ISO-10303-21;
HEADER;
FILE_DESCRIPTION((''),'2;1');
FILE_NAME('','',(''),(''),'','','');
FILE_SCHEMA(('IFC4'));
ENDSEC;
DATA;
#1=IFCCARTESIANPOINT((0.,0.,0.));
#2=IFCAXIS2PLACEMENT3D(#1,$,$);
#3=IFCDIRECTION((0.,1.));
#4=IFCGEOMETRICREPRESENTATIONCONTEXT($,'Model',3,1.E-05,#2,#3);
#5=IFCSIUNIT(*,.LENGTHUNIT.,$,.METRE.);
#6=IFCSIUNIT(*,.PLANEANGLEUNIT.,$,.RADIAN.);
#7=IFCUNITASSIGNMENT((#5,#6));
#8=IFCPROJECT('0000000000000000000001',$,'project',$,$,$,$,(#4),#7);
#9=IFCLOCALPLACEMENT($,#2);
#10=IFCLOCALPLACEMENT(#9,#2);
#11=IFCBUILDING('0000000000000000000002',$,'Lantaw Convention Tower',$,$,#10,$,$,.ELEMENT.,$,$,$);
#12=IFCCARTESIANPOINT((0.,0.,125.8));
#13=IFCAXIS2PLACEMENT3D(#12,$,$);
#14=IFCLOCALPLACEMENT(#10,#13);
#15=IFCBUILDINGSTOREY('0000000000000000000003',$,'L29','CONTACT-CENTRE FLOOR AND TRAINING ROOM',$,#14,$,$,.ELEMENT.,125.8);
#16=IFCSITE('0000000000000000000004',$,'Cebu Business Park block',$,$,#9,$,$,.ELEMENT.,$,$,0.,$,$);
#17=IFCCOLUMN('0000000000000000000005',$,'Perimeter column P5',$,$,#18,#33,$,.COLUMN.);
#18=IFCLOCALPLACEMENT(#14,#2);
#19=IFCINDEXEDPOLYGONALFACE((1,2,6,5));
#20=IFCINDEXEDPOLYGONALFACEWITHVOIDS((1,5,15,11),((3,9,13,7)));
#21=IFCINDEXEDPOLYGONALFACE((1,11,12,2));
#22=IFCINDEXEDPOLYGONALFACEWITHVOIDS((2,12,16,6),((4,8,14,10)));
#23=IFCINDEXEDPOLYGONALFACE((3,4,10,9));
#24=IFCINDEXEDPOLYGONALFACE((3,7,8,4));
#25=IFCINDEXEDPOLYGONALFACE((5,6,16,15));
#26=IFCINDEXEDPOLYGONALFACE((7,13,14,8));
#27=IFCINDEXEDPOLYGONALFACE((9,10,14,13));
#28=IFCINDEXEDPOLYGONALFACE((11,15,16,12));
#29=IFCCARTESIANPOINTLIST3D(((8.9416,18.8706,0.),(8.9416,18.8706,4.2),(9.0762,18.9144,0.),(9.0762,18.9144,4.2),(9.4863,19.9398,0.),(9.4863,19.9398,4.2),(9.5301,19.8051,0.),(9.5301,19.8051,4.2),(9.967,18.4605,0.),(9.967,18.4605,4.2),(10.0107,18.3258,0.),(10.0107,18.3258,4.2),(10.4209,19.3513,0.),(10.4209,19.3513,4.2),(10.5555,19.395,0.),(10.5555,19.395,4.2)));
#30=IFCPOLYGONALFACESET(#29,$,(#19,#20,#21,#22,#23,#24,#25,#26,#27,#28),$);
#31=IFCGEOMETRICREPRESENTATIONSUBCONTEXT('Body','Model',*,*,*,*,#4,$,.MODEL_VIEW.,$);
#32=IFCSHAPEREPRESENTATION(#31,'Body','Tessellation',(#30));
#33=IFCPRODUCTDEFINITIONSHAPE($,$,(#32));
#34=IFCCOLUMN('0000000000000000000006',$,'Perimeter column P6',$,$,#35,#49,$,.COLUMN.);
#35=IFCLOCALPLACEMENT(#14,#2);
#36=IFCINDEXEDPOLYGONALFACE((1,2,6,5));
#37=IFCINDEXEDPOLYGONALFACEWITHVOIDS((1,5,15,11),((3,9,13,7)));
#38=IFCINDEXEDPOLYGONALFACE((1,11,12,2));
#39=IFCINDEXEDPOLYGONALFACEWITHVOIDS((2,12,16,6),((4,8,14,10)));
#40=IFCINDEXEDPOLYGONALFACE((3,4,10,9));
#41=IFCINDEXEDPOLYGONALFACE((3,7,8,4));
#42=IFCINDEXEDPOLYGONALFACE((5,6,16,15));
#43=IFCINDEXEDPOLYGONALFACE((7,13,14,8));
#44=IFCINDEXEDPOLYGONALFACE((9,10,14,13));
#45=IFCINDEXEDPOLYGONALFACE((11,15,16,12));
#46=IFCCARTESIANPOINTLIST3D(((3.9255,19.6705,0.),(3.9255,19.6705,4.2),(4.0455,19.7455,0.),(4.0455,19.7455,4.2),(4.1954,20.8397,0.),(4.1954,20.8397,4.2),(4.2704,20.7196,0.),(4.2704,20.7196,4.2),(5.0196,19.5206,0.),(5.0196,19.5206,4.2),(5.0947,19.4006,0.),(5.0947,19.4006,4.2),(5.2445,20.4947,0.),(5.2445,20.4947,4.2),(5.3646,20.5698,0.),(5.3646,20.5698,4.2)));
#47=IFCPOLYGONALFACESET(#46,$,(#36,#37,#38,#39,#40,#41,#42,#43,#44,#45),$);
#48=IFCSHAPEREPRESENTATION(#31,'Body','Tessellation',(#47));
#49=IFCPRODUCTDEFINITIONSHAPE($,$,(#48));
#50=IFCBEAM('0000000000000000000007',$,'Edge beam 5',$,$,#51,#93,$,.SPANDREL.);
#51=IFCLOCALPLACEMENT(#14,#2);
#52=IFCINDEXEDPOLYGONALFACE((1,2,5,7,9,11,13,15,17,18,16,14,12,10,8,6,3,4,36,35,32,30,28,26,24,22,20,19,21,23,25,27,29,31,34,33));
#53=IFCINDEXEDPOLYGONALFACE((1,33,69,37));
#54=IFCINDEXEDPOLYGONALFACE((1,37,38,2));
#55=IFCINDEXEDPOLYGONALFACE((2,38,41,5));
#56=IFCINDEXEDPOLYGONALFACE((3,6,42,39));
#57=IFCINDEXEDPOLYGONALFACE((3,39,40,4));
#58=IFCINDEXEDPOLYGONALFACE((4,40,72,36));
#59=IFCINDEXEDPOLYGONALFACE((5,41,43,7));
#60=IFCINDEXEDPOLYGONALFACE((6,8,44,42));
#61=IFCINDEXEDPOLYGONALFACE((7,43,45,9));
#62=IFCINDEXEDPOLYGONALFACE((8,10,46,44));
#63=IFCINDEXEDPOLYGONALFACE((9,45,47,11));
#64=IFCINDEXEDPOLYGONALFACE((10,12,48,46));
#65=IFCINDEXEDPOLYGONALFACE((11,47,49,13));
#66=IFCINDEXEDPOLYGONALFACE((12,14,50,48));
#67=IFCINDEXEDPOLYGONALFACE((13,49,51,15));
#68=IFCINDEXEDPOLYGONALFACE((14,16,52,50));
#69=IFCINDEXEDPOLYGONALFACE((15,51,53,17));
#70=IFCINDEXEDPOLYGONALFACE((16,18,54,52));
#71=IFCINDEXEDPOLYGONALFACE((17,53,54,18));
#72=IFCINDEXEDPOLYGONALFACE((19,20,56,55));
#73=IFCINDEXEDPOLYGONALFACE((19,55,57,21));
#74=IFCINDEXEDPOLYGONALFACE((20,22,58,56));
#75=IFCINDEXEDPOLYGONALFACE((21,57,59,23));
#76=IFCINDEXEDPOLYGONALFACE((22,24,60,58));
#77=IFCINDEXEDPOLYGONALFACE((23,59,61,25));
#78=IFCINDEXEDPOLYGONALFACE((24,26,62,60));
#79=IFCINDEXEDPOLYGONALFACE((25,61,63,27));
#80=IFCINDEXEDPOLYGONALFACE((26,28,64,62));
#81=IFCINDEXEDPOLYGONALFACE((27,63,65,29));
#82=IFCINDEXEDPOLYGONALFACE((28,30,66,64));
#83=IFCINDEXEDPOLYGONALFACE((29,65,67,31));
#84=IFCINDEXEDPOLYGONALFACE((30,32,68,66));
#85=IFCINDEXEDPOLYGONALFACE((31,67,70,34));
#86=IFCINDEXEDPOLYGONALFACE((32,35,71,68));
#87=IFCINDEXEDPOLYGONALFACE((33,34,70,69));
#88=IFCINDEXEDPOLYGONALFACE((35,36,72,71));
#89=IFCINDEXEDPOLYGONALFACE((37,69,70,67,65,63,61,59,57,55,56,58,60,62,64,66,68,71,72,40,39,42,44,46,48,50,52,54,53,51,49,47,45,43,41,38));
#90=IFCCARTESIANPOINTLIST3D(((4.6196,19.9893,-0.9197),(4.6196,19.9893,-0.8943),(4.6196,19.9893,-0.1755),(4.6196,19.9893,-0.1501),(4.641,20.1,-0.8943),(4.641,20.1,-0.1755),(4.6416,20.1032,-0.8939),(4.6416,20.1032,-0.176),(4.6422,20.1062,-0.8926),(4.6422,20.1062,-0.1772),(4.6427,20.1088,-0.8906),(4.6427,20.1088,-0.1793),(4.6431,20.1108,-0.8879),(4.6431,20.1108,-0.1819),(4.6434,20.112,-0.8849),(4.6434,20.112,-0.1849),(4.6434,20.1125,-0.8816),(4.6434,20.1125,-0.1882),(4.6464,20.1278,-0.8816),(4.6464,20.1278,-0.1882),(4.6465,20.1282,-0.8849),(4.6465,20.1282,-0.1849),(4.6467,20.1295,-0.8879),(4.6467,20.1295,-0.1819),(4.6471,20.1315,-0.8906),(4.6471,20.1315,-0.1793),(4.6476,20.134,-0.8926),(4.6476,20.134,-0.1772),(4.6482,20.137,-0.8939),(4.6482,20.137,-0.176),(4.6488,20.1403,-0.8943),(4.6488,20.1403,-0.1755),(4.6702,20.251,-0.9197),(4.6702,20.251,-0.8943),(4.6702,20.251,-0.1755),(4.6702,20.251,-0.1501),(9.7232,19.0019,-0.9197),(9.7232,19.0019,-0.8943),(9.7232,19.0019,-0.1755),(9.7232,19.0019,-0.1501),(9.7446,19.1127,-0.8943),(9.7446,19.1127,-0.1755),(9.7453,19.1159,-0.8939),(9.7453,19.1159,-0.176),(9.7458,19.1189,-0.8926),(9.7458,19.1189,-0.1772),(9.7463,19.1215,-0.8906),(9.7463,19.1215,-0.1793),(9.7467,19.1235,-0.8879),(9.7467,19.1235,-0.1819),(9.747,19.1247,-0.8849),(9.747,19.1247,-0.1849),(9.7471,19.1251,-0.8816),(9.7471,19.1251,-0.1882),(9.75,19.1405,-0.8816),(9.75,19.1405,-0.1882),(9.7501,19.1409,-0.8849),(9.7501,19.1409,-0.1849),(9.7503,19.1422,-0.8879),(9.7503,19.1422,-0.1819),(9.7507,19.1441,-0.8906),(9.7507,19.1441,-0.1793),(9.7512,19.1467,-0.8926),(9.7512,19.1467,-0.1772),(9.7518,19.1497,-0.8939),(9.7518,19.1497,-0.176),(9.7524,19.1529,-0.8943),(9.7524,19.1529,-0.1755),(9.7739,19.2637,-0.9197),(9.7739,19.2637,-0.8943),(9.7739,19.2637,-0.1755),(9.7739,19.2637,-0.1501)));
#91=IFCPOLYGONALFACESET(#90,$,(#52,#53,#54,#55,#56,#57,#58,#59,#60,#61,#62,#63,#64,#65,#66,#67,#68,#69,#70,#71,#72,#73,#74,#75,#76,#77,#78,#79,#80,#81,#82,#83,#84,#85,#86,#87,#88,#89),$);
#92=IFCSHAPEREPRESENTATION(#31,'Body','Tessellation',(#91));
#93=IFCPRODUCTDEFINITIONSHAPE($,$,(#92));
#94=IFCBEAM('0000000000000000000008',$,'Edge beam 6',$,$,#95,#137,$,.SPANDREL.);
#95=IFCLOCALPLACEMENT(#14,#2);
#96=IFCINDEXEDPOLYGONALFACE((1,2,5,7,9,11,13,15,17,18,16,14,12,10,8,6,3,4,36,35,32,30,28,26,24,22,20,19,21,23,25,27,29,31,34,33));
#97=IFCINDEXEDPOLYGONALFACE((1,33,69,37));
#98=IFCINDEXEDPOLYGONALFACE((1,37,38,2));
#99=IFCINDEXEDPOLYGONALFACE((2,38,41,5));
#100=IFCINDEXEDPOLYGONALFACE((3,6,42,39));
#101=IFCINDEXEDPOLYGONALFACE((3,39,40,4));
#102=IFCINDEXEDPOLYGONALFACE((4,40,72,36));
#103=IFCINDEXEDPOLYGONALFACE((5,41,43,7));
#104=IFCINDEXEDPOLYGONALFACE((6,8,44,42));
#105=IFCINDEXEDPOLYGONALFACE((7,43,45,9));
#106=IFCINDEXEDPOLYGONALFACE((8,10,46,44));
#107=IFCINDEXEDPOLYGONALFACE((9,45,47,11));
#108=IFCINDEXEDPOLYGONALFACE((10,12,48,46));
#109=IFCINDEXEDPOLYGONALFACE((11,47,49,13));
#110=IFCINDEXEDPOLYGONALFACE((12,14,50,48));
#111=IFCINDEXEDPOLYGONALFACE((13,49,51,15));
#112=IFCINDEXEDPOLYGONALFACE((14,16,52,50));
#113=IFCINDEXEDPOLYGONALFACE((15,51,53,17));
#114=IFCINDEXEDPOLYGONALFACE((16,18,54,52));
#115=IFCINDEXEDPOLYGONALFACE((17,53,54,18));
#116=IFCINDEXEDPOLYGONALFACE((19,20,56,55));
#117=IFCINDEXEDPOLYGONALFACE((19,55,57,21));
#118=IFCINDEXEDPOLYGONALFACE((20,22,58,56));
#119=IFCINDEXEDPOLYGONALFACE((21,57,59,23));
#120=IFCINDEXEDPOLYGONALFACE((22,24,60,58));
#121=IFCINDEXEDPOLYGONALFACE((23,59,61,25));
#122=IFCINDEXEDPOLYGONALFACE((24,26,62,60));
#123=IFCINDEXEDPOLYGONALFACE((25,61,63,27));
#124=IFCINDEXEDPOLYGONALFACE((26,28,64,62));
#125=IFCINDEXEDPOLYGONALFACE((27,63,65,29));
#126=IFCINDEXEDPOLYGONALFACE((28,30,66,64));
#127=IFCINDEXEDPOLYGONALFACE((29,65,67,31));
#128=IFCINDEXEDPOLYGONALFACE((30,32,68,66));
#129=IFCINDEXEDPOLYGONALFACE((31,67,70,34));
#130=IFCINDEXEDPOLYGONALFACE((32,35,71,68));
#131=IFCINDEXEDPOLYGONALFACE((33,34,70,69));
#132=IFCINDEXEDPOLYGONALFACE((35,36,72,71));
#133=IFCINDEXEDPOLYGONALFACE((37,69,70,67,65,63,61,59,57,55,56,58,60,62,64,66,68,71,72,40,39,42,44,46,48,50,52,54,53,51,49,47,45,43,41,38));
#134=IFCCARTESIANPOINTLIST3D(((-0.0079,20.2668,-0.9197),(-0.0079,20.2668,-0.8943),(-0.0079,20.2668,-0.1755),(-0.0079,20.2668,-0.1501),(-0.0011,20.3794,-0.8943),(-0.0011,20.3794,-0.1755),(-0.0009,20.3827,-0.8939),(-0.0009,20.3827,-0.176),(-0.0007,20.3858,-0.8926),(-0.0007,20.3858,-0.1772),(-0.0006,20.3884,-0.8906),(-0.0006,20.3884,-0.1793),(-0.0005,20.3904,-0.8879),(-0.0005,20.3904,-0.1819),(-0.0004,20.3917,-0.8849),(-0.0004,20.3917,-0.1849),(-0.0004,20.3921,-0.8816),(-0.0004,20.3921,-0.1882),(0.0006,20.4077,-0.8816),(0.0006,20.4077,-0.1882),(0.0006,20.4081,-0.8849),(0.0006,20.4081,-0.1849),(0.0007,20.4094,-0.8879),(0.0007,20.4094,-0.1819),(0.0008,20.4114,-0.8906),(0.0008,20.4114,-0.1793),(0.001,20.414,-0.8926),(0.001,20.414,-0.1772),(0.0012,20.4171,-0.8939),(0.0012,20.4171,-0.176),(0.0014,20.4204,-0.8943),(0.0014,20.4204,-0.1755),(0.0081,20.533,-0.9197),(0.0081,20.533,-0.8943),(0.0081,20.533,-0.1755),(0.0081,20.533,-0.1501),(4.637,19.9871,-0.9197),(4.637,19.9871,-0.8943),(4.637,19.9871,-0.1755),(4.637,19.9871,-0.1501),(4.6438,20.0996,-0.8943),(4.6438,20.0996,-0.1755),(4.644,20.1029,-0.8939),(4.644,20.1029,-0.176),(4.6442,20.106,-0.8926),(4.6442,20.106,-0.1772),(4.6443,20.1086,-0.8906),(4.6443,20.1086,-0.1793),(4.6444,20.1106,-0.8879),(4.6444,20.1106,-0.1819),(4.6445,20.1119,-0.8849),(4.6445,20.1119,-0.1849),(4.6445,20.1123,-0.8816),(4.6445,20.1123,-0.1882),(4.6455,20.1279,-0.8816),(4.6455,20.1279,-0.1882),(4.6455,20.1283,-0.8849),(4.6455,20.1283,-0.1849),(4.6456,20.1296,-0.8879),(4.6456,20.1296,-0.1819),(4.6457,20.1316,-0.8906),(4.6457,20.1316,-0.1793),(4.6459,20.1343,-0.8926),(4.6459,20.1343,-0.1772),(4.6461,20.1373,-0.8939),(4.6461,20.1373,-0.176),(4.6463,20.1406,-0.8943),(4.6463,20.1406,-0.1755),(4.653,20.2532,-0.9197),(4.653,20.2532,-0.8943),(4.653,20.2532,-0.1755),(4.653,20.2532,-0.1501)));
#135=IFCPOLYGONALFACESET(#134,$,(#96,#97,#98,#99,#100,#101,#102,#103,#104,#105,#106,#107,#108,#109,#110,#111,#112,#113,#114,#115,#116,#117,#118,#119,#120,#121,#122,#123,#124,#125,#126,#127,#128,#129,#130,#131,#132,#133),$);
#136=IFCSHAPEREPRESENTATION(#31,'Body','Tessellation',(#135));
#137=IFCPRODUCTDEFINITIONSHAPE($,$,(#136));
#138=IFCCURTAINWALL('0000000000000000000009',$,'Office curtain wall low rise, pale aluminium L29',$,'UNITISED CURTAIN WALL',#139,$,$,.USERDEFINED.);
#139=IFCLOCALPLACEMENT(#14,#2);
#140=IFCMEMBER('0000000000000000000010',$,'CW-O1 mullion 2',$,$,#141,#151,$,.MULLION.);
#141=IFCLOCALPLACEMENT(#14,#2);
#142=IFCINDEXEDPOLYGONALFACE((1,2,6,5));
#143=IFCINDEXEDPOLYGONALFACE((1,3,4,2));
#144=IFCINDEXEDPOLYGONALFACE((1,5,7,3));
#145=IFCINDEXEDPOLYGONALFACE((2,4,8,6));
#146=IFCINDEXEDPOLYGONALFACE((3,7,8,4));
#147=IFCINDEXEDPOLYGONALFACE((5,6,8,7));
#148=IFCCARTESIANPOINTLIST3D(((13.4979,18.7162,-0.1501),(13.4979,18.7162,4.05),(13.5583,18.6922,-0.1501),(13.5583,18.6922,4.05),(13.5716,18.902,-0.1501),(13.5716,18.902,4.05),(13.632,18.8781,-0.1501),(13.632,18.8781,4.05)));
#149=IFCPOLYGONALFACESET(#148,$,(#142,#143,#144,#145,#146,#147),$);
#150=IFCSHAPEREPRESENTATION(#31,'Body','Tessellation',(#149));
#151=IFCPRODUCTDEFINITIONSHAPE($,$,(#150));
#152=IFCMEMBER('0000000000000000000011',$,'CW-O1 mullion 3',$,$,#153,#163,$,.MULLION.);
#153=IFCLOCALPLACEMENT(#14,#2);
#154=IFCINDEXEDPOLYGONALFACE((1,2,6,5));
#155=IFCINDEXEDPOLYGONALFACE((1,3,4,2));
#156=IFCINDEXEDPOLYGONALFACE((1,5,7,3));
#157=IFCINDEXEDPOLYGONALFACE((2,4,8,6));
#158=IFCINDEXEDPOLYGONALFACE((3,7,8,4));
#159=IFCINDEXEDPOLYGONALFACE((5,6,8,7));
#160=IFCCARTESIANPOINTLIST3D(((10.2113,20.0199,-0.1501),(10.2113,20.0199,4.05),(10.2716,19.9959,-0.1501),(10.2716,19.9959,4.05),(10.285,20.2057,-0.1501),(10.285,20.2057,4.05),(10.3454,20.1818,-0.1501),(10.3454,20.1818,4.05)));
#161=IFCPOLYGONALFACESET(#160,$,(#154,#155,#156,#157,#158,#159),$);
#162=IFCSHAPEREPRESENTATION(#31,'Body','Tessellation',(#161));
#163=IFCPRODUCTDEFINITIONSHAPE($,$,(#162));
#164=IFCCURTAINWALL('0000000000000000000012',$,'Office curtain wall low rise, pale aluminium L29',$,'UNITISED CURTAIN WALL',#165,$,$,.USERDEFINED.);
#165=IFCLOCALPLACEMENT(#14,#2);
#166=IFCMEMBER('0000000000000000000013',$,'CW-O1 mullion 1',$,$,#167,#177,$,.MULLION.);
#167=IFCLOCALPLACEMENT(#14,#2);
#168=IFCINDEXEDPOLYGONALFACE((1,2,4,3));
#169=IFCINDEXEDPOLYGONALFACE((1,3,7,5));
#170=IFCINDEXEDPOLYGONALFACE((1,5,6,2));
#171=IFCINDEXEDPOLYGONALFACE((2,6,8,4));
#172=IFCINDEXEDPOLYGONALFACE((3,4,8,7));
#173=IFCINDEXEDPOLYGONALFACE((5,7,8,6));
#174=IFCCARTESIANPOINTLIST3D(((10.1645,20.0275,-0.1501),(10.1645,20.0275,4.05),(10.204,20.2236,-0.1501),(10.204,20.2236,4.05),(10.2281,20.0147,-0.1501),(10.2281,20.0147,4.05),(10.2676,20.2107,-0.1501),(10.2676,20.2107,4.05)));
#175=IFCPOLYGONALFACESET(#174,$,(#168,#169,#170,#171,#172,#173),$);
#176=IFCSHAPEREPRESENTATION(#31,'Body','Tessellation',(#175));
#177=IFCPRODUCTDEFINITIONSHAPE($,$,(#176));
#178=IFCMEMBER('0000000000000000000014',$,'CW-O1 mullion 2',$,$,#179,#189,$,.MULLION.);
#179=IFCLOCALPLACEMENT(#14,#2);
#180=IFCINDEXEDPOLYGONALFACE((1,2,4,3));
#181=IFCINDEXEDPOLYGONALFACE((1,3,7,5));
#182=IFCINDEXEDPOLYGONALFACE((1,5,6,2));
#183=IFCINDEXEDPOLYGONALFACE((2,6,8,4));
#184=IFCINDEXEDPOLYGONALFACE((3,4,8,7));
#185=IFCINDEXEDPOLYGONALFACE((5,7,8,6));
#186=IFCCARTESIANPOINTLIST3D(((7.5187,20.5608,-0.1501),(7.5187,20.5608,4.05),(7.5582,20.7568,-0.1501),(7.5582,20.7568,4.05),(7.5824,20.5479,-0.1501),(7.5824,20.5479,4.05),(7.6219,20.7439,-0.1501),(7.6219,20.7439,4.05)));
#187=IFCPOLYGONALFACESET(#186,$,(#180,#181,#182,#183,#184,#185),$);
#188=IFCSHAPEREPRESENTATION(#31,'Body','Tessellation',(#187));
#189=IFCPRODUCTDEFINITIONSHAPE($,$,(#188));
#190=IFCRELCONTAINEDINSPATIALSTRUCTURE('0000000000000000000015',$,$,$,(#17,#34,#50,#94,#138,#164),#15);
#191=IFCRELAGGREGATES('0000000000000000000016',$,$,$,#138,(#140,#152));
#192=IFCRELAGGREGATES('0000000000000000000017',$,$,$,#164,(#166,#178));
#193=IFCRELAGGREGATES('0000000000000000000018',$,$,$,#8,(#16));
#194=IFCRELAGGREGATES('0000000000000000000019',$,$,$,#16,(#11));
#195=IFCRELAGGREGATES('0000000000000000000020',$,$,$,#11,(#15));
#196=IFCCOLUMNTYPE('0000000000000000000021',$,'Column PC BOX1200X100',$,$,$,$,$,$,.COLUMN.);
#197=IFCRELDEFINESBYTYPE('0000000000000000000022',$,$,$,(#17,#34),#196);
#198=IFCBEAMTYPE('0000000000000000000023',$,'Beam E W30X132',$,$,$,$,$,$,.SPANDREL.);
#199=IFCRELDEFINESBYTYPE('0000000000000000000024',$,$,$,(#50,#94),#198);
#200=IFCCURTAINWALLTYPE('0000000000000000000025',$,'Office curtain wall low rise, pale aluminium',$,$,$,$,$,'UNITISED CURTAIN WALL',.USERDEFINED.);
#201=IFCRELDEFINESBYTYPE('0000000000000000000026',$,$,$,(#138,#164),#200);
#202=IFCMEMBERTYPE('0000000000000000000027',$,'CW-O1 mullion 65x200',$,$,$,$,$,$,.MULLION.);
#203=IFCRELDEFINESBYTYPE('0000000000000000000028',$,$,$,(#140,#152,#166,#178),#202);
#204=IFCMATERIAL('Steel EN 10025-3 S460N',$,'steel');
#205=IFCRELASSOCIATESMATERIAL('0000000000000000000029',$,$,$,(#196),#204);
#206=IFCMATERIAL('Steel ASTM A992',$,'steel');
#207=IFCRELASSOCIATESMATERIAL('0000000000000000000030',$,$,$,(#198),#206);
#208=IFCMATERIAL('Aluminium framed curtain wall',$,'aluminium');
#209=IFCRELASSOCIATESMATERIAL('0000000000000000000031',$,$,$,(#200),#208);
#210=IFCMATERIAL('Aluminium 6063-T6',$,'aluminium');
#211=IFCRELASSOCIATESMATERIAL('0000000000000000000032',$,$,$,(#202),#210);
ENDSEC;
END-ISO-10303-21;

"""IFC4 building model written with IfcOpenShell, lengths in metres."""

from ifc_helpers import new_model, si_unit, direction, frame, origin, origin_2d, place, context, subcontext, project, spatial, rectangle, hollow_rectangle, i_section, extrude, material, material_profile, profile_set, type_object, element, aggregate, save


model = new_model("IFC4")

# Units and contexts
model_context = context("Model", 3, precision=1e-05, world=origin(), true_north=direction((0.0, 1.0)))
body_context = subcontext(model_context, "Body", "Model", "MODEL_VIEW")
ifc_project = project(units=[si_unit("LENGTHUNIT", "METRE"), si_unit("PLANEANGLEUNIT", "RADIAN")], contexts=[model_context])

# Site, building, storey
site_placement = place(None, origin())
site = spatial("IfcSite", under=ifc_project, at=site_placement, Name="Cebu Business Park block", CompositionType="ELEMENT", RefElevation=0.0)
building_placement = place(site_placement, origin())
building = spatial("IfcBuilding", under=site, at=building_placement, Name="Lantaw Convention Tower", CompositionType="ELEMENT")
storey_placement = place(building_placement, frame((0.0, 0.0, 125.8)))
storey = spatial("IfcBuildingStorey", under=building, at=storey_placement, Name="L29", Description="CONTACT-CENTRE FLOOR AND TRAINING ROOM", CompositionType="ELEMENT", Elevation=125.8)

# Columns
ifc_material_1 = material(Name="Steel EN 10025-3 S460N", Category="steel")
ifc_material_profile_1 = material_profile(ifc_material_1, hollow_rectangle(XDim=1.2, YDim=1.2, WallThickness=0.1001, at=origin_2d()), Name="BOX1200X100")
ifc_material_2 = material(Name="Concrete C60/75", Category="concrete")
ifc_material_profile_2 = material_profile(ifc_material_2, rectangle(XDim=1.0, YDim=1.0, at=origin_2d()), Name="Concrete fill of BOX1200X100")
ifc_profile_set_1 = profile_set([ifc_material_profile_1, ifc_material_profile_2], Name="Steel EN 10025-3 S460N")
column_type = type_object("IfcColumnType", Name="Column PC BOX1200X100", PredefinedType="COLUMN", material=ifc_profile_set_1)
for number, where, z_axis, x_axis, name in (
    (1, (9.7485, 19.1328, 0.0), (0.0, 0.0, 1.0), (0.45399, 0.891007, 0.0), "Perimeter column P5"),
    (2, (4.645, 20.1201, 0.0), (0.0, 0.0, 1.0), (0.224951, 0.97437, 0.0), "Perimeter column P6"),
):
    element("IfcColumn", number, at=place(storey_placement, frame(where, z_axis=z_axis, x_axis=x_axis)), inside=storey, type_object=column_type, Name=name, PredefinedType="COLUMN", context=body_context, shape_type="SweptSolid", body=[
        extrude(hollow_rectangle(XDim=1.2, YDim=1.2, WallThickness=0.1001, at=origin_2d()), origin(), (0.0, 0.0, 1.0), 4.2),
    ])

# Beams
ifc_material_3 = material(Name="Steel ASTM A992", Category="steel")
ifc_material_profile_3 = material_profile(ifc_material_3, i_section(OverallWidth=0.2666, OverallDepth=0.7695, WebThickness=0.0156, FlangeThickness=0.0254, FilletRadius=0.0127, at=origin_2d()), Name="W30X132")
ifc_profile_set_2 = profile_set([ifc_material_profile_3], Name="Steel ASTM A992")
beam_type = type_object("IfcBeamType", Name="Beam E W30X132", PredefinedType="SPANDREL", material=ifc_profile_set_2)
beam_1_placement = place(storey_placement, frame((9.7485, 19.1328, -0.5349), z_axis=(-0.981797, 0.189934, 0.0), x_axis=(-0.189934, -0.981797, 0.0)))
element("IfcBeam", 3, at=beam_1_placement, inside=storey, type_object=beam_type, Name="Edge beam 5", PredefinedType="SPANDREL", context=body_context, shape_type="SweptSolid", body=[
    extrude(i_section(OverallWidth=0.2666, OverallDepth=0.7695, WebThickness=0.0156, FlangeThickness=0.0254, FilletRadius=0.0127, at=origin_2d()), origin(), (0.0, 0.0, 1.0), 5.1982),
])
beam_2_placement = place(storey_placement, frame((4.645, 20.1201, -0.5349), z_axis=(-0.998191, 0.060124, 0.0), x_axis=(-0.060124, -0.998191, 0.0)))
element("IfcBeam", 4, at=beam_2_placement, inside=storey, type_object=beam_type, Name="Edge beam 6", PredefinedType="SPANDREL", context=body_context, shape_type="SweptSolid", body=[
    extrude(i_section(OverallWidth=0.2666, OverallDepth=0.7695, WebThickness=0.0156, FlangeThickness=0.0254, FilletRadius=0.0127, at=origin_2d()), origin(), (0.0, 0.0, 1.0), 4.6533),
])

# Curtain walls, members
ifc_material_4 = material(Name="Aluminium framed curtain wall", Category="aluminium")
curtain_wall_type = type_object("IfcCurtainWallType", Name="Office curtain wall low rise, pale aluminium", ElementType="UNITISED CURTAIN WALL", PredefinedType="USERDEFINED", material=ifc_material_4)
curtain_wall_1_placement = place(storey_placement, origin())
curtain_wall_1 = element("IfcCurtainWall", 5, at=curtain_wall_1_placement, inside=storey, type_object=curtain_wall_type, Name="Office curtain wall low rise, pale aluminium L29", ObjectType="UNITISED CURTAIN WALL", PredefinedType="USERDEFINED")
ifc_material_5 = material(Name="Aluminium 6063-T6", Category="aluminium")
ifc_material_profile_4 = material_profile(ifc_material_5, rectangle(XDim=0.2, YDim=0.0649, at=origin_2d()), Name="CW-O1 mullion 65x200")
ifc_profile_set_3 = profile_set([ifc_material_profile_4], Name="Aluminium 6063-T6")
member_type_1 = type_object("IfcMemberType", Name="CW-O1 mullion 65x200", PredefinedType="MULLION", material=ifc_profile_set_3)
member_1_placement = place(storey_placement, frame((13.5649, 18.7971, -0.1501), z_axis=(0.0, 0.0, 1.0), x_axis=(-0.368702, -0.929548, 0.0)))
member_1 = element("IfcMember", 6, at=member_1_placement, type_object=member_type_1, Name="CW-O1 mullion 2", PredefinedType="MULLION", context=body_context, shape_type="SweptSolid", body=[
    extrude(rectangle(XDim=0.2, YDim=0.0649, at=origin_2d()), origin(), (0.0, 0.0, 1.0), 4.2002),
])
member_2_placement = place(storey_placement, frame((10.2783, 20.1008, -0.1501), z_axis=(0.0, 0.0, 1.0), x_axis=(-0.368702, -0.929548, 0.0)))
member_2 = element("IfcMember", 7, at=member_2_placement, type_object=member_type_1, Name="CW-O1 mullion 3", PredefinedType="MULLION", context=body_context, shape_type="SweptSolid", body=[
    extrude(rectangle(XDim=0.2, YDim=0.0649, at=origin_2d()), origin(), (0.0, 0.0, 1.0), 4.2002),
])
curtain_wall_2_placement = place(storey_placement, origin())
curtain_wall_2 = element("IfcCurtainWall", 8, at=curtain_wall_2_placement, inside=storey, type_object=curtain_wall_type, Name="Office curtain wall low rise, pale aluminium L29", ObjectType="UNITISED CURTAIN WALL", PredefinedType="USERDEFINED")
member_3_placement = place(storey_placement, frame((10.2161, 20.1191, -0.1501), z_axis=(0.0, 0.0, 1.0), x_axis=(-0.197507, -0.980302, 0.0)))
member_3 = element("IfcMember", 9, at=member_3_placement, type_object=member_type_1, Name="CW-O1 mullion 1", PredefinedType="MULLION", context=body_context, shape_type="SweptSolid", body=[
    extrude(rectangle(XDim=0.2, YDim=0.0649, at=origin_2d()), origin(), (0.0, 0.0, 1.0), 4.2002),
])
member_4_placement = place(storey_placement, frame((7.5703, 20.6523, -0.1501), z_axis=(0.0, 0.0, 1.0), x_axis=(-0.197507, -0.980302, 0.0)))
member_4 = element("IfcMember", 10, at=member_4_placement, type_object=member_type_1, Name="CW-O1 mullion 2", PredefinedType="MULLION", context=body_context, shape_type="SweptSolid", body=[
    extrude(rectangle(XDim=0.2, YDim=0.0649, at=origin_2d()), origin(), (0.0, 0.0, 1.0), 4.2002),
])

aggregate(curtain_wall_1, [member_1, member_2])
aggregate(curtain_wall_2, [member_3, member_4])

save(model, "model.ifc")
